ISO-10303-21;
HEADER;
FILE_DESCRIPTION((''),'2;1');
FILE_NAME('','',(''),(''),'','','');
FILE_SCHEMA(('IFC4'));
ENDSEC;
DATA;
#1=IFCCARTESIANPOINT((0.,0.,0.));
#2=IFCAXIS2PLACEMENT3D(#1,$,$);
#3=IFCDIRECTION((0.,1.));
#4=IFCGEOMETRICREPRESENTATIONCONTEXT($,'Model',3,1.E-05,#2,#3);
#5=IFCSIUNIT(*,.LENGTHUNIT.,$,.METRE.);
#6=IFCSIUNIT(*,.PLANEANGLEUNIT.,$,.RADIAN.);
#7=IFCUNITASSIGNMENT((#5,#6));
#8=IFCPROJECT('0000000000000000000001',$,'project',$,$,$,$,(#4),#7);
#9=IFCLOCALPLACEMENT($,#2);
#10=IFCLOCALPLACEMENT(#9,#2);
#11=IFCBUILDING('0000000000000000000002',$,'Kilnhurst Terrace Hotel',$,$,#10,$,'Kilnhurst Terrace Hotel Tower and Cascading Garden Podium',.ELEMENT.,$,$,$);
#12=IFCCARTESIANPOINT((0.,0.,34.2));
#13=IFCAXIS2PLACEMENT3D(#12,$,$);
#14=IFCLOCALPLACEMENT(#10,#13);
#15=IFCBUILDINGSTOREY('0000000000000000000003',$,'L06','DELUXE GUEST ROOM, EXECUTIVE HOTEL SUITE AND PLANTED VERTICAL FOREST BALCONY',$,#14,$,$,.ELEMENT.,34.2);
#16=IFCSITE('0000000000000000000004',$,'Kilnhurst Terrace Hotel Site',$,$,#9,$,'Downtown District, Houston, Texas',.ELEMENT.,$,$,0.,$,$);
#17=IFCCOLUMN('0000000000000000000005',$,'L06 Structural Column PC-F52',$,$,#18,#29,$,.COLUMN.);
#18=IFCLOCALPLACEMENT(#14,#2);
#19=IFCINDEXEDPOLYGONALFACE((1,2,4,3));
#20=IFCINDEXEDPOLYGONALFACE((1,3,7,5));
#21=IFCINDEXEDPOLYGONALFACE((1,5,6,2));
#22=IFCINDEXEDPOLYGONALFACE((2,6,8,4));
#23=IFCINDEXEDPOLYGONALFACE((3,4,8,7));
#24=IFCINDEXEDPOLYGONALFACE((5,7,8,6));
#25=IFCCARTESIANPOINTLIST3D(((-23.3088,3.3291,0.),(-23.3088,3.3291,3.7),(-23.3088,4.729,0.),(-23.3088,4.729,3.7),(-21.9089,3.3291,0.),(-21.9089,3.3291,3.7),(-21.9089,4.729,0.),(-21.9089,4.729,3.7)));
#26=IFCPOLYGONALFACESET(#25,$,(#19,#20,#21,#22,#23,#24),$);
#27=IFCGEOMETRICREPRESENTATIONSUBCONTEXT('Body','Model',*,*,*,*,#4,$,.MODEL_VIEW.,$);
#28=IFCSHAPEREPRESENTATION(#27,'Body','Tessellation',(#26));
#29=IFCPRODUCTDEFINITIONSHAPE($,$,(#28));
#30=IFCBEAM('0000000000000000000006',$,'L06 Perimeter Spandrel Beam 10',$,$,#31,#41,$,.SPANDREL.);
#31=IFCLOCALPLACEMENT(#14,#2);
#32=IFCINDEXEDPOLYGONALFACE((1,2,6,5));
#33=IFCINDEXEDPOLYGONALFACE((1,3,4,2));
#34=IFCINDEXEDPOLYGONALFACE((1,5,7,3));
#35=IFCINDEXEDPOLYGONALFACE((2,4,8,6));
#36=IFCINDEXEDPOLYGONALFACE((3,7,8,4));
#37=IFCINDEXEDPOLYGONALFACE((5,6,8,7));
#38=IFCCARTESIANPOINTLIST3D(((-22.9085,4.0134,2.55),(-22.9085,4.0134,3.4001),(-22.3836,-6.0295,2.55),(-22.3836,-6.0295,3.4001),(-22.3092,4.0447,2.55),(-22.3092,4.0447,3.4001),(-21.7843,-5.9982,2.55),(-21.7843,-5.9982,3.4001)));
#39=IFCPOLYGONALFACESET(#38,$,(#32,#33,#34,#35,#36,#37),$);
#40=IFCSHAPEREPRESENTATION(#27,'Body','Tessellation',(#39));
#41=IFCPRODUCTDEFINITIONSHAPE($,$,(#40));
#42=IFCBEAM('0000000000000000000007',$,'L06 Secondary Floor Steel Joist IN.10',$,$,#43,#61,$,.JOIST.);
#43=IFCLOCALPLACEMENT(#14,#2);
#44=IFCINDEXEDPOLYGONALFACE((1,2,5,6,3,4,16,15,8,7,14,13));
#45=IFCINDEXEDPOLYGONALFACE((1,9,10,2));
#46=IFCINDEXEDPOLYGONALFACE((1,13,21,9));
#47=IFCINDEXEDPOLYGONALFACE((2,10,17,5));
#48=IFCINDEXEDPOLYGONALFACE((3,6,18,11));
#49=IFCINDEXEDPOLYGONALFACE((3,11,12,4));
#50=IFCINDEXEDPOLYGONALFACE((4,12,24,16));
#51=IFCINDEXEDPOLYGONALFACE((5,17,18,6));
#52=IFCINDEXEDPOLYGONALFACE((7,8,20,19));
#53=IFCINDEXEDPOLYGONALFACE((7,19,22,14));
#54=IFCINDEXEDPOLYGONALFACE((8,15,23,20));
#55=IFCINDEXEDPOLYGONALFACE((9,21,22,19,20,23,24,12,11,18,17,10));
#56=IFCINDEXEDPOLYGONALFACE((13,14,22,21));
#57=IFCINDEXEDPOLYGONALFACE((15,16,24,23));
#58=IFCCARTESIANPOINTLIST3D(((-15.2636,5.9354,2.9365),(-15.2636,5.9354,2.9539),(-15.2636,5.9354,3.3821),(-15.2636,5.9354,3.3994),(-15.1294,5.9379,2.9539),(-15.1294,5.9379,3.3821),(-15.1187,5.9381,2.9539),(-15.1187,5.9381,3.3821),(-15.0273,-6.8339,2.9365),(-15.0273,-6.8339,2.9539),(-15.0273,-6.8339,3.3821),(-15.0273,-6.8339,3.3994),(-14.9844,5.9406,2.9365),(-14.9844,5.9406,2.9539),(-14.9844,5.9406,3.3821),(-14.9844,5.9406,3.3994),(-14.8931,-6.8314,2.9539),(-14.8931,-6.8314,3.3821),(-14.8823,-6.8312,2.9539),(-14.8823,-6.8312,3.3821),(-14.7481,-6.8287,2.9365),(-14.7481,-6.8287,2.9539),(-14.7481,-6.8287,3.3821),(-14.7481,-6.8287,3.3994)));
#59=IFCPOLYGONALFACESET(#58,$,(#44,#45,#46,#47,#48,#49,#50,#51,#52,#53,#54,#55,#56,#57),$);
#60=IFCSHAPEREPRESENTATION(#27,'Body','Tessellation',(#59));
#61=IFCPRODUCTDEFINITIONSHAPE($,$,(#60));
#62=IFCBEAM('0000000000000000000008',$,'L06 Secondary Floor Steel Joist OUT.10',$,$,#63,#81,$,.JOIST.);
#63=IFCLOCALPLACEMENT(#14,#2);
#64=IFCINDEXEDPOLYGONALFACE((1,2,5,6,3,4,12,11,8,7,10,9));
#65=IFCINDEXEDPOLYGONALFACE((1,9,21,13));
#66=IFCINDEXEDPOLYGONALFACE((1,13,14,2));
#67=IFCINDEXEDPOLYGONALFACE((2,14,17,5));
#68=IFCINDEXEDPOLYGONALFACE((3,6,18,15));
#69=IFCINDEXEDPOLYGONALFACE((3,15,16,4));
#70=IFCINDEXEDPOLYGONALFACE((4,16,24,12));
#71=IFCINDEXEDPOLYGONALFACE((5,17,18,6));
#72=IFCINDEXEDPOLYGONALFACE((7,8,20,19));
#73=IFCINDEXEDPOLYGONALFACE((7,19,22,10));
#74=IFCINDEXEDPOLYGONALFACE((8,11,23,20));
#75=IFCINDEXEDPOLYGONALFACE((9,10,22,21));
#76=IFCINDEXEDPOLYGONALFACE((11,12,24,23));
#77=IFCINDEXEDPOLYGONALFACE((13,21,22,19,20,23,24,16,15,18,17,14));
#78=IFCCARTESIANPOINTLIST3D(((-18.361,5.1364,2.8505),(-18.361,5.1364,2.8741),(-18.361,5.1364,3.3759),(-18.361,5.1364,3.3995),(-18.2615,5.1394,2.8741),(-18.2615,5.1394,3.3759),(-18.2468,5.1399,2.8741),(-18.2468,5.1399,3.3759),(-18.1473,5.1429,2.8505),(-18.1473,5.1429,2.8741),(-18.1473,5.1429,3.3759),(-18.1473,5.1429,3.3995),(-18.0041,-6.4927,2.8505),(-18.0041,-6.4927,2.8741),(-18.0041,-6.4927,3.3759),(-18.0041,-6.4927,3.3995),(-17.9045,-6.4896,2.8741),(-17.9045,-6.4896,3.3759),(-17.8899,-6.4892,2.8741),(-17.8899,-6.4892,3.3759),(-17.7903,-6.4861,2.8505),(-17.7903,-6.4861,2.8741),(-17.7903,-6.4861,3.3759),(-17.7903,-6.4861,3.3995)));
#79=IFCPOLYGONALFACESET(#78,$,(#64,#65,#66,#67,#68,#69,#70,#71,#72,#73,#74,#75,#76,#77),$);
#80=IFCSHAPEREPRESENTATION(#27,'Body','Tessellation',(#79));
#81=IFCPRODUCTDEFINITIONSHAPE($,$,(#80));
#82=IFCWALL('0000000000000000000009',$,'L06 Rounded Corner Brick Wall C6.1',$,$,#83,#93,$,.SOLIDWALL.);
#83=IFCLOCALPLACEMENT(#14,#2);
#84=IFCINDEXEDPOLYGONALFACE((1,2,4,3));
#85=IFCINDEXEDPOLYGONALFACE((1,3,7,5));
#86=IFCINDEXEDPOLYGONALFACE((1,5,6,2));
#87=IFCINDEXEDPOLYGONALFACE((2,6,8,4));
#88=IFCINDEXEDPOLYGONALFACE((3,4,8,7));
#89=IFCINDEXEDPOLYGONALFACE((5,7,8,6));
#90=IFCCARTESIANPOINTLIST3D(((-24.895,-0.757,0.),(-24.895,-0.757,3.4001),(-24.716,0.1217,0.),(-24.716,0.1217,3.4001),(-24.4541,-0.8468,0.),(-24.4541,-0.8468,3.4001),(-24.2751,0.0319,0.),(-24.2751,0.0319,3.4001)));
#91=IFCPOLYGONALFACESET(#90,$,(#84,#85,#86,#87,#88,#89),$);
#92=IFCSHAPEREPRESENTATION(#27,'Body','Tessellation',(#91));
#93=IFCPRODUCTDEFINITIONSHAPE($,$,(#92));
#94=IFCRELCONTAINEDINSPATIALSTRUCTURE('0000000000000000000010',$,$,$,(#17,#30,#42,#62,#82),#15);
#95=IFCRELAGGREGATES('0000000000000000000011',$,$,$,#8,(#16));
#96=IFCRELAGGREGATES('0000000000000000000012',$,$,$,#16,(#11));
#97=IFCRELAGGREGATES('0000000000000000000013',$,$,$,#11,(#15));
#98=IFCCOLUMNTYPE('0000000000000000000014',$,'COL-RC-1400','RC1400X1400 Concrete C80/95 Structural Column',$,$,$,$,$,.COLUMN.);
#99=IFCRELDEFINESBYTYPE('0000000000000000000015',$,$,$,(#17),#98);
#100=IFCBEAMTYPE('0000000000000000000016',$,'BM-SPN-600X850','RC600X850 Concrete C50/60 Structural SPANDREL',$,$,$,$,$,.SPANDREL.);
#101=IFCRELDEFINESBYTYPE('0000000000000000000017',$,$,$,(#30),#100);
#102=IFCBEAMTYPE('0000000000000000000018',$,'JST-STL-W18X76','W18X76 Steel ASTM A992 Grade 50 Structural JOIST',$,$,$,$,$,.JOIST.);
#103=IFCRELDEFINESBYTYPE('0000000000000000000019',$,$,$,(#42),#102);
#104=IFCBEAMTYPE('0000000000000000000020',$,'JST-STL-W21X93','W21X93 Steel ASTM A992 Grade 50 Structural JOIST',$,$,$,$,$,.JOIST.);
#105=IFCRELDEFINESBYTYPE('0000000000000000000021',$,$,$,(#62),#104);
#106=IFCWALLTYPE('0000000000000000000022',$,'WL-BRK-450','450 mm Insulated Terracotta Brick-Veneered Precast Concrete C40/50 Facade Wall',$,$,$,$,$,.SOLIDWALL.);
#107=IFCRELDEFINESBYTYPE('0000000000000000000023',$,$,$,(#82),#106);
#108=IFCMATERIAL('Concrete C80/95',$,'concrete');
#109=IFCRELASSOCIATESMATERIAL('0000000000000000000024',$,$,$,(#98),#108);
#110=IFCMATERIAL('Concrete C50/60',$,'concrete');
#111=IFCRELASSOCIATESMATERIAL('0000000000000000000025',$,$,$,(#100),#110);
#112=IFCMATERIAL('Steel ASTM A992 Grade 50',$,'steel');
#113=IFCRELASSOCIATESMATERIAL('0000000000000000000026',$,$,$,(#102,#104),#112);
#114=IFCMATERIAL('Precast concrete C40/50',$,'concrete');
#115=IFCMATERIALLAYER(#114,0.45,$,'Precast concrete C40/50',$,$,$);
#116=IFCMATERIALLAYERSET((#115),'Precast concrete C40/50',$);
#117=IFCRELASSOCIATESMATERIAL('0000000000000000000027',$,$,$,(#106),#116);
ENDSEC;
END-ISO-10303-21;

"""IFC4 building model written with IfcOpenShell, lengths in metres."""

from ifc_helpers import new_model, si_unit, direction, frame, frame_2d, origin, origin_2d, place, context, subcontext, project, spatial, rectangle, i_section, extrude, material, layer, layer_set, material_profile, profile_set, type_object, element, save


model = new_model("IFC4")

# Units and contexts
model_context = context("Model", 3, precision=1e-05, world=origin(), true_north=direction((0.0, 1.0)))
body_context = subcontext(model_context, "Body", "Model", "MODEL_VIEW")
ifc_project = project(units=[si_unit("LENGTHUNIT", "METRE"), si_unit("PLANEANGLEUNIT", "RADIAN")], contexts=[model_context])

# Site, building, storey
site_placement = place(None, origin())
site = spatial("IfcSite", under=ifc_project, at=site_placement, Name="Kilnhurst Terrace Hotel Site", LongName="Downtown District, Houston, Texas", CompositionType="ELEMENT", RefElevation=0.0)
building_placement = place(site_placement, origin())
building = spatial("IfcBuilding", under=site, at=building_placement, Name="Kilnhurst Terrace Hotel", LongName="Kilnhurst Terrace Hotel Tower and Cascading Garden Podium", CompositionType="ELEMENT")
storey_placement = place(building_placement, frame((0.0, 0.0, 34.2)))
storey = spatial("IfcBuildingStorey", under=building, at=storey_placement, Name="L06", Description="DELUXE GUEST ROOM, EXECUTIVE HOTEL SUITE AND PLANTED VERTICAL FOREST BALCONY", CompositionType="ELEMENT", Elevation=34.2)

# Column
ifc_material_1 = material(Name="Concrete C80/95", Category="concrete")
ifc_material_profile_1 = material_profile(ifc_material_1, rectangle(XDim=1.3999, YDim=1.3999, at=origin_2d()), Name="RC1400X1400")
ifc_profile_set_1 = profile_set([ifc_material_profile_1], Name="Concrete C80/95")
column_type = type_object("IfcColumnType", Name="COL-RC-1400", Description="RC1400X1400 Concrete C80/95 Structural Column", PredefinedType="COLUMN", material=ifc_profile_set_1)
column_placement = place(storey_placement, frame((-22.6089, 4.0291, 0.0), z_axis=(0.0, 0.0, 1.0), x_axis=(1.0, 0.0, 0.0)))
element("IfcColumn", 1, at=column_placement, inside=storey, type_object=column_type, Name="L06 Structural Column PC-F52", PredefinedType="COLUMN", context=body_context, shape_type="SweptSolid", body=[
    extrude(rectangle(XDim=1.3999, YDim=1.3999, at=origin_2d()), origin(), (0.0, 0.0, 1.0), 3.7),
])

# Beams
ifc_material_2 = material(Name="Concrete C50/60", Category="concrete")
ifc_material_profile_2 = material_profile(ifc_material_2, rectangle(XDim=0.6001, YDim=0.8501, at=origin_2d()), Name="RC600X850")
ifc_profile_set_2 = profile_set([ifc_material_profile_2], Name="Concrete C50/60")
beam_type_1 = type_object("IfcBeamType", Name="BM-SPN-600X850", Description="RC600X850 Concrete C50/60 Structural SPANDREL", PredefinedType="SPANDREL", material=ifc_profile_set_2)
beam_1_placement = place(storey_placement, frame((-22.6089, 4.0291, 2.9751), z_axis=(0.052194, -0.998637, 0.0), x_axis=(0.998637, 0.052194, 0.0)))
element("IfcBeam", 2, at=beam_1_placement, inside=storey, type_object=beam_type_1, Name="L06 Perimeter Spandrel Beam 10", PredefinedType="SPANDREL", context=body_context, shape_type="SweptSolid", body=[
    extrude(rectangle(XDim=0.6001, YDim=0.8501, at=origin_2d()), origin(), (0.0, 0.0, 1.0), 10.0566),
])
ifc_material_3 = material(Name="Steel ASTM A992 Grade 50", Category="steel")
ifc_material_profile_3 = material_profile(ifc_material_3, i_section(OverallWidth=0.2793, OverallDepth=0.4629, WebThickness=0.0107, FlangeThickness=0.0173, at=origin_2d()), Name="W18X76")
ifc_profile_set_3 = profile_set([ifc_material_profile_3], Name="Steel ASTM A992 Grade 50")
beam_type_2 = type_object("IfcBeamType", Name="JST-STL-W18X76", Description="W18X76 Steel ASTM A992 Grade 50 Structural JOIST", PredefinedType="JOIST", material=ifc_profile_set_3)
beam_2_placement = place(storey_placement, frame((-15.124, 5.938, 3.168), z_axis=(0.018504, -0.999829, 0.0), x_axis=(0.999829, 0.018504, 0.0)))
element("IfcBeam", 3, at=beam_2_placement, inside=storey, type_object=beam_type_2, Name="L06 Secondary Floor Steel Joist IN.10", PredefinedType="JOIST", context=body_context, shape_type="SweptSolid", body=[
    extrude(i_section(OverallWidth=0.2793, OverallDepth=0.4629, WebThickness=0.0107, FlangeThickness=0.0173, at=origin_2d()), origin(), (0.0, 0.0, 1.0), 12.7715),
])
ifc_material_profile_4 = material_profile(ifc_material_3, i_section(OverallWidth=0.2139, OverallDepth=0.5491, WebThickness=0.0146, FlangeThickness=0.0237, at=origin_2d()), Name="W21X93")
ifc_profile_set_4 = profile_set([ifc_material_profile_4], Name="Steel ASTM A992 Grade 50")
beam_type_3 = type_object("IfcBeamType", Name="JST-STL-W21X93", Description="W21X93 Steel ASTM A992 Grade 50 Structural JOIST", PredefinedType="JOIST", material=ifc_profile_set_4)
beam_3_placement = place(storey_placement, frame((-18.2542, 5.1396, 3.125), z_axis=(0.030679, -0.999529, 0.0), x_axis=(0.999529, 0.030679, 0.0)))
element("IfcBeam", 4, at=beam_3_placement, inside=storey, type_object=beam_type_3, Name="L06 Secondary Floor Steel Joist OUT.10", PredefinedType="JOIST", context=body_context, shape_type="SweptSolid", body=[
    extrude(i_section(OverallWidth=0.2139, OverallDepth=0.5491, WebThickness=0.0146, FlangeThickness=0.0237, at=origin_2d()), origin(), (0.0, 0.0, 1.0), 11.6345),
])

# Wall
ifc_material_4 = material(Name="Precast concrete C40/50", Category="concrete")
ifc_layer_1 = layer(ifc_material_4, 0.45, Name="Precast concrete C40/50")
ifc_layer_set_1 = layer_set([ifc_layer_1], Name="Precast concrete C40/50")
wall_type_1 = type_object("IfcWallType", Name="WL-BRK-450", Description="450 mm Insulated Terracotta Brick-Veneered Precast Concrete C40/50 Facade Wall", PredefinedType="SOLIDWALL", material=ifc_layer_set_1)
wall_1_placement = place(storey_placement, frame((-24.4956, 0.0767, 0.0), z_axis=(0.0, 0.0, 1.0), x_axis=(-0.199571, -0.979883, 0.0)))
element("IfcWall", 5, at=wall_1_placement, inside=storey, type_object=wall_type_1, Name="L06 Rounded Corner Brick Wall C6.1", PredefinedType="SOLIDWALL", context=body_context, shape_type="SweptSolid", body=[
    extrude(rectangle(XDim=0.8967, YDim=0.45, at=frame_2d((0.4482, 0.0))), origin(), (0.0, 0.0, 1.0), 3.4001),
])

save(model, "model.ifc")
